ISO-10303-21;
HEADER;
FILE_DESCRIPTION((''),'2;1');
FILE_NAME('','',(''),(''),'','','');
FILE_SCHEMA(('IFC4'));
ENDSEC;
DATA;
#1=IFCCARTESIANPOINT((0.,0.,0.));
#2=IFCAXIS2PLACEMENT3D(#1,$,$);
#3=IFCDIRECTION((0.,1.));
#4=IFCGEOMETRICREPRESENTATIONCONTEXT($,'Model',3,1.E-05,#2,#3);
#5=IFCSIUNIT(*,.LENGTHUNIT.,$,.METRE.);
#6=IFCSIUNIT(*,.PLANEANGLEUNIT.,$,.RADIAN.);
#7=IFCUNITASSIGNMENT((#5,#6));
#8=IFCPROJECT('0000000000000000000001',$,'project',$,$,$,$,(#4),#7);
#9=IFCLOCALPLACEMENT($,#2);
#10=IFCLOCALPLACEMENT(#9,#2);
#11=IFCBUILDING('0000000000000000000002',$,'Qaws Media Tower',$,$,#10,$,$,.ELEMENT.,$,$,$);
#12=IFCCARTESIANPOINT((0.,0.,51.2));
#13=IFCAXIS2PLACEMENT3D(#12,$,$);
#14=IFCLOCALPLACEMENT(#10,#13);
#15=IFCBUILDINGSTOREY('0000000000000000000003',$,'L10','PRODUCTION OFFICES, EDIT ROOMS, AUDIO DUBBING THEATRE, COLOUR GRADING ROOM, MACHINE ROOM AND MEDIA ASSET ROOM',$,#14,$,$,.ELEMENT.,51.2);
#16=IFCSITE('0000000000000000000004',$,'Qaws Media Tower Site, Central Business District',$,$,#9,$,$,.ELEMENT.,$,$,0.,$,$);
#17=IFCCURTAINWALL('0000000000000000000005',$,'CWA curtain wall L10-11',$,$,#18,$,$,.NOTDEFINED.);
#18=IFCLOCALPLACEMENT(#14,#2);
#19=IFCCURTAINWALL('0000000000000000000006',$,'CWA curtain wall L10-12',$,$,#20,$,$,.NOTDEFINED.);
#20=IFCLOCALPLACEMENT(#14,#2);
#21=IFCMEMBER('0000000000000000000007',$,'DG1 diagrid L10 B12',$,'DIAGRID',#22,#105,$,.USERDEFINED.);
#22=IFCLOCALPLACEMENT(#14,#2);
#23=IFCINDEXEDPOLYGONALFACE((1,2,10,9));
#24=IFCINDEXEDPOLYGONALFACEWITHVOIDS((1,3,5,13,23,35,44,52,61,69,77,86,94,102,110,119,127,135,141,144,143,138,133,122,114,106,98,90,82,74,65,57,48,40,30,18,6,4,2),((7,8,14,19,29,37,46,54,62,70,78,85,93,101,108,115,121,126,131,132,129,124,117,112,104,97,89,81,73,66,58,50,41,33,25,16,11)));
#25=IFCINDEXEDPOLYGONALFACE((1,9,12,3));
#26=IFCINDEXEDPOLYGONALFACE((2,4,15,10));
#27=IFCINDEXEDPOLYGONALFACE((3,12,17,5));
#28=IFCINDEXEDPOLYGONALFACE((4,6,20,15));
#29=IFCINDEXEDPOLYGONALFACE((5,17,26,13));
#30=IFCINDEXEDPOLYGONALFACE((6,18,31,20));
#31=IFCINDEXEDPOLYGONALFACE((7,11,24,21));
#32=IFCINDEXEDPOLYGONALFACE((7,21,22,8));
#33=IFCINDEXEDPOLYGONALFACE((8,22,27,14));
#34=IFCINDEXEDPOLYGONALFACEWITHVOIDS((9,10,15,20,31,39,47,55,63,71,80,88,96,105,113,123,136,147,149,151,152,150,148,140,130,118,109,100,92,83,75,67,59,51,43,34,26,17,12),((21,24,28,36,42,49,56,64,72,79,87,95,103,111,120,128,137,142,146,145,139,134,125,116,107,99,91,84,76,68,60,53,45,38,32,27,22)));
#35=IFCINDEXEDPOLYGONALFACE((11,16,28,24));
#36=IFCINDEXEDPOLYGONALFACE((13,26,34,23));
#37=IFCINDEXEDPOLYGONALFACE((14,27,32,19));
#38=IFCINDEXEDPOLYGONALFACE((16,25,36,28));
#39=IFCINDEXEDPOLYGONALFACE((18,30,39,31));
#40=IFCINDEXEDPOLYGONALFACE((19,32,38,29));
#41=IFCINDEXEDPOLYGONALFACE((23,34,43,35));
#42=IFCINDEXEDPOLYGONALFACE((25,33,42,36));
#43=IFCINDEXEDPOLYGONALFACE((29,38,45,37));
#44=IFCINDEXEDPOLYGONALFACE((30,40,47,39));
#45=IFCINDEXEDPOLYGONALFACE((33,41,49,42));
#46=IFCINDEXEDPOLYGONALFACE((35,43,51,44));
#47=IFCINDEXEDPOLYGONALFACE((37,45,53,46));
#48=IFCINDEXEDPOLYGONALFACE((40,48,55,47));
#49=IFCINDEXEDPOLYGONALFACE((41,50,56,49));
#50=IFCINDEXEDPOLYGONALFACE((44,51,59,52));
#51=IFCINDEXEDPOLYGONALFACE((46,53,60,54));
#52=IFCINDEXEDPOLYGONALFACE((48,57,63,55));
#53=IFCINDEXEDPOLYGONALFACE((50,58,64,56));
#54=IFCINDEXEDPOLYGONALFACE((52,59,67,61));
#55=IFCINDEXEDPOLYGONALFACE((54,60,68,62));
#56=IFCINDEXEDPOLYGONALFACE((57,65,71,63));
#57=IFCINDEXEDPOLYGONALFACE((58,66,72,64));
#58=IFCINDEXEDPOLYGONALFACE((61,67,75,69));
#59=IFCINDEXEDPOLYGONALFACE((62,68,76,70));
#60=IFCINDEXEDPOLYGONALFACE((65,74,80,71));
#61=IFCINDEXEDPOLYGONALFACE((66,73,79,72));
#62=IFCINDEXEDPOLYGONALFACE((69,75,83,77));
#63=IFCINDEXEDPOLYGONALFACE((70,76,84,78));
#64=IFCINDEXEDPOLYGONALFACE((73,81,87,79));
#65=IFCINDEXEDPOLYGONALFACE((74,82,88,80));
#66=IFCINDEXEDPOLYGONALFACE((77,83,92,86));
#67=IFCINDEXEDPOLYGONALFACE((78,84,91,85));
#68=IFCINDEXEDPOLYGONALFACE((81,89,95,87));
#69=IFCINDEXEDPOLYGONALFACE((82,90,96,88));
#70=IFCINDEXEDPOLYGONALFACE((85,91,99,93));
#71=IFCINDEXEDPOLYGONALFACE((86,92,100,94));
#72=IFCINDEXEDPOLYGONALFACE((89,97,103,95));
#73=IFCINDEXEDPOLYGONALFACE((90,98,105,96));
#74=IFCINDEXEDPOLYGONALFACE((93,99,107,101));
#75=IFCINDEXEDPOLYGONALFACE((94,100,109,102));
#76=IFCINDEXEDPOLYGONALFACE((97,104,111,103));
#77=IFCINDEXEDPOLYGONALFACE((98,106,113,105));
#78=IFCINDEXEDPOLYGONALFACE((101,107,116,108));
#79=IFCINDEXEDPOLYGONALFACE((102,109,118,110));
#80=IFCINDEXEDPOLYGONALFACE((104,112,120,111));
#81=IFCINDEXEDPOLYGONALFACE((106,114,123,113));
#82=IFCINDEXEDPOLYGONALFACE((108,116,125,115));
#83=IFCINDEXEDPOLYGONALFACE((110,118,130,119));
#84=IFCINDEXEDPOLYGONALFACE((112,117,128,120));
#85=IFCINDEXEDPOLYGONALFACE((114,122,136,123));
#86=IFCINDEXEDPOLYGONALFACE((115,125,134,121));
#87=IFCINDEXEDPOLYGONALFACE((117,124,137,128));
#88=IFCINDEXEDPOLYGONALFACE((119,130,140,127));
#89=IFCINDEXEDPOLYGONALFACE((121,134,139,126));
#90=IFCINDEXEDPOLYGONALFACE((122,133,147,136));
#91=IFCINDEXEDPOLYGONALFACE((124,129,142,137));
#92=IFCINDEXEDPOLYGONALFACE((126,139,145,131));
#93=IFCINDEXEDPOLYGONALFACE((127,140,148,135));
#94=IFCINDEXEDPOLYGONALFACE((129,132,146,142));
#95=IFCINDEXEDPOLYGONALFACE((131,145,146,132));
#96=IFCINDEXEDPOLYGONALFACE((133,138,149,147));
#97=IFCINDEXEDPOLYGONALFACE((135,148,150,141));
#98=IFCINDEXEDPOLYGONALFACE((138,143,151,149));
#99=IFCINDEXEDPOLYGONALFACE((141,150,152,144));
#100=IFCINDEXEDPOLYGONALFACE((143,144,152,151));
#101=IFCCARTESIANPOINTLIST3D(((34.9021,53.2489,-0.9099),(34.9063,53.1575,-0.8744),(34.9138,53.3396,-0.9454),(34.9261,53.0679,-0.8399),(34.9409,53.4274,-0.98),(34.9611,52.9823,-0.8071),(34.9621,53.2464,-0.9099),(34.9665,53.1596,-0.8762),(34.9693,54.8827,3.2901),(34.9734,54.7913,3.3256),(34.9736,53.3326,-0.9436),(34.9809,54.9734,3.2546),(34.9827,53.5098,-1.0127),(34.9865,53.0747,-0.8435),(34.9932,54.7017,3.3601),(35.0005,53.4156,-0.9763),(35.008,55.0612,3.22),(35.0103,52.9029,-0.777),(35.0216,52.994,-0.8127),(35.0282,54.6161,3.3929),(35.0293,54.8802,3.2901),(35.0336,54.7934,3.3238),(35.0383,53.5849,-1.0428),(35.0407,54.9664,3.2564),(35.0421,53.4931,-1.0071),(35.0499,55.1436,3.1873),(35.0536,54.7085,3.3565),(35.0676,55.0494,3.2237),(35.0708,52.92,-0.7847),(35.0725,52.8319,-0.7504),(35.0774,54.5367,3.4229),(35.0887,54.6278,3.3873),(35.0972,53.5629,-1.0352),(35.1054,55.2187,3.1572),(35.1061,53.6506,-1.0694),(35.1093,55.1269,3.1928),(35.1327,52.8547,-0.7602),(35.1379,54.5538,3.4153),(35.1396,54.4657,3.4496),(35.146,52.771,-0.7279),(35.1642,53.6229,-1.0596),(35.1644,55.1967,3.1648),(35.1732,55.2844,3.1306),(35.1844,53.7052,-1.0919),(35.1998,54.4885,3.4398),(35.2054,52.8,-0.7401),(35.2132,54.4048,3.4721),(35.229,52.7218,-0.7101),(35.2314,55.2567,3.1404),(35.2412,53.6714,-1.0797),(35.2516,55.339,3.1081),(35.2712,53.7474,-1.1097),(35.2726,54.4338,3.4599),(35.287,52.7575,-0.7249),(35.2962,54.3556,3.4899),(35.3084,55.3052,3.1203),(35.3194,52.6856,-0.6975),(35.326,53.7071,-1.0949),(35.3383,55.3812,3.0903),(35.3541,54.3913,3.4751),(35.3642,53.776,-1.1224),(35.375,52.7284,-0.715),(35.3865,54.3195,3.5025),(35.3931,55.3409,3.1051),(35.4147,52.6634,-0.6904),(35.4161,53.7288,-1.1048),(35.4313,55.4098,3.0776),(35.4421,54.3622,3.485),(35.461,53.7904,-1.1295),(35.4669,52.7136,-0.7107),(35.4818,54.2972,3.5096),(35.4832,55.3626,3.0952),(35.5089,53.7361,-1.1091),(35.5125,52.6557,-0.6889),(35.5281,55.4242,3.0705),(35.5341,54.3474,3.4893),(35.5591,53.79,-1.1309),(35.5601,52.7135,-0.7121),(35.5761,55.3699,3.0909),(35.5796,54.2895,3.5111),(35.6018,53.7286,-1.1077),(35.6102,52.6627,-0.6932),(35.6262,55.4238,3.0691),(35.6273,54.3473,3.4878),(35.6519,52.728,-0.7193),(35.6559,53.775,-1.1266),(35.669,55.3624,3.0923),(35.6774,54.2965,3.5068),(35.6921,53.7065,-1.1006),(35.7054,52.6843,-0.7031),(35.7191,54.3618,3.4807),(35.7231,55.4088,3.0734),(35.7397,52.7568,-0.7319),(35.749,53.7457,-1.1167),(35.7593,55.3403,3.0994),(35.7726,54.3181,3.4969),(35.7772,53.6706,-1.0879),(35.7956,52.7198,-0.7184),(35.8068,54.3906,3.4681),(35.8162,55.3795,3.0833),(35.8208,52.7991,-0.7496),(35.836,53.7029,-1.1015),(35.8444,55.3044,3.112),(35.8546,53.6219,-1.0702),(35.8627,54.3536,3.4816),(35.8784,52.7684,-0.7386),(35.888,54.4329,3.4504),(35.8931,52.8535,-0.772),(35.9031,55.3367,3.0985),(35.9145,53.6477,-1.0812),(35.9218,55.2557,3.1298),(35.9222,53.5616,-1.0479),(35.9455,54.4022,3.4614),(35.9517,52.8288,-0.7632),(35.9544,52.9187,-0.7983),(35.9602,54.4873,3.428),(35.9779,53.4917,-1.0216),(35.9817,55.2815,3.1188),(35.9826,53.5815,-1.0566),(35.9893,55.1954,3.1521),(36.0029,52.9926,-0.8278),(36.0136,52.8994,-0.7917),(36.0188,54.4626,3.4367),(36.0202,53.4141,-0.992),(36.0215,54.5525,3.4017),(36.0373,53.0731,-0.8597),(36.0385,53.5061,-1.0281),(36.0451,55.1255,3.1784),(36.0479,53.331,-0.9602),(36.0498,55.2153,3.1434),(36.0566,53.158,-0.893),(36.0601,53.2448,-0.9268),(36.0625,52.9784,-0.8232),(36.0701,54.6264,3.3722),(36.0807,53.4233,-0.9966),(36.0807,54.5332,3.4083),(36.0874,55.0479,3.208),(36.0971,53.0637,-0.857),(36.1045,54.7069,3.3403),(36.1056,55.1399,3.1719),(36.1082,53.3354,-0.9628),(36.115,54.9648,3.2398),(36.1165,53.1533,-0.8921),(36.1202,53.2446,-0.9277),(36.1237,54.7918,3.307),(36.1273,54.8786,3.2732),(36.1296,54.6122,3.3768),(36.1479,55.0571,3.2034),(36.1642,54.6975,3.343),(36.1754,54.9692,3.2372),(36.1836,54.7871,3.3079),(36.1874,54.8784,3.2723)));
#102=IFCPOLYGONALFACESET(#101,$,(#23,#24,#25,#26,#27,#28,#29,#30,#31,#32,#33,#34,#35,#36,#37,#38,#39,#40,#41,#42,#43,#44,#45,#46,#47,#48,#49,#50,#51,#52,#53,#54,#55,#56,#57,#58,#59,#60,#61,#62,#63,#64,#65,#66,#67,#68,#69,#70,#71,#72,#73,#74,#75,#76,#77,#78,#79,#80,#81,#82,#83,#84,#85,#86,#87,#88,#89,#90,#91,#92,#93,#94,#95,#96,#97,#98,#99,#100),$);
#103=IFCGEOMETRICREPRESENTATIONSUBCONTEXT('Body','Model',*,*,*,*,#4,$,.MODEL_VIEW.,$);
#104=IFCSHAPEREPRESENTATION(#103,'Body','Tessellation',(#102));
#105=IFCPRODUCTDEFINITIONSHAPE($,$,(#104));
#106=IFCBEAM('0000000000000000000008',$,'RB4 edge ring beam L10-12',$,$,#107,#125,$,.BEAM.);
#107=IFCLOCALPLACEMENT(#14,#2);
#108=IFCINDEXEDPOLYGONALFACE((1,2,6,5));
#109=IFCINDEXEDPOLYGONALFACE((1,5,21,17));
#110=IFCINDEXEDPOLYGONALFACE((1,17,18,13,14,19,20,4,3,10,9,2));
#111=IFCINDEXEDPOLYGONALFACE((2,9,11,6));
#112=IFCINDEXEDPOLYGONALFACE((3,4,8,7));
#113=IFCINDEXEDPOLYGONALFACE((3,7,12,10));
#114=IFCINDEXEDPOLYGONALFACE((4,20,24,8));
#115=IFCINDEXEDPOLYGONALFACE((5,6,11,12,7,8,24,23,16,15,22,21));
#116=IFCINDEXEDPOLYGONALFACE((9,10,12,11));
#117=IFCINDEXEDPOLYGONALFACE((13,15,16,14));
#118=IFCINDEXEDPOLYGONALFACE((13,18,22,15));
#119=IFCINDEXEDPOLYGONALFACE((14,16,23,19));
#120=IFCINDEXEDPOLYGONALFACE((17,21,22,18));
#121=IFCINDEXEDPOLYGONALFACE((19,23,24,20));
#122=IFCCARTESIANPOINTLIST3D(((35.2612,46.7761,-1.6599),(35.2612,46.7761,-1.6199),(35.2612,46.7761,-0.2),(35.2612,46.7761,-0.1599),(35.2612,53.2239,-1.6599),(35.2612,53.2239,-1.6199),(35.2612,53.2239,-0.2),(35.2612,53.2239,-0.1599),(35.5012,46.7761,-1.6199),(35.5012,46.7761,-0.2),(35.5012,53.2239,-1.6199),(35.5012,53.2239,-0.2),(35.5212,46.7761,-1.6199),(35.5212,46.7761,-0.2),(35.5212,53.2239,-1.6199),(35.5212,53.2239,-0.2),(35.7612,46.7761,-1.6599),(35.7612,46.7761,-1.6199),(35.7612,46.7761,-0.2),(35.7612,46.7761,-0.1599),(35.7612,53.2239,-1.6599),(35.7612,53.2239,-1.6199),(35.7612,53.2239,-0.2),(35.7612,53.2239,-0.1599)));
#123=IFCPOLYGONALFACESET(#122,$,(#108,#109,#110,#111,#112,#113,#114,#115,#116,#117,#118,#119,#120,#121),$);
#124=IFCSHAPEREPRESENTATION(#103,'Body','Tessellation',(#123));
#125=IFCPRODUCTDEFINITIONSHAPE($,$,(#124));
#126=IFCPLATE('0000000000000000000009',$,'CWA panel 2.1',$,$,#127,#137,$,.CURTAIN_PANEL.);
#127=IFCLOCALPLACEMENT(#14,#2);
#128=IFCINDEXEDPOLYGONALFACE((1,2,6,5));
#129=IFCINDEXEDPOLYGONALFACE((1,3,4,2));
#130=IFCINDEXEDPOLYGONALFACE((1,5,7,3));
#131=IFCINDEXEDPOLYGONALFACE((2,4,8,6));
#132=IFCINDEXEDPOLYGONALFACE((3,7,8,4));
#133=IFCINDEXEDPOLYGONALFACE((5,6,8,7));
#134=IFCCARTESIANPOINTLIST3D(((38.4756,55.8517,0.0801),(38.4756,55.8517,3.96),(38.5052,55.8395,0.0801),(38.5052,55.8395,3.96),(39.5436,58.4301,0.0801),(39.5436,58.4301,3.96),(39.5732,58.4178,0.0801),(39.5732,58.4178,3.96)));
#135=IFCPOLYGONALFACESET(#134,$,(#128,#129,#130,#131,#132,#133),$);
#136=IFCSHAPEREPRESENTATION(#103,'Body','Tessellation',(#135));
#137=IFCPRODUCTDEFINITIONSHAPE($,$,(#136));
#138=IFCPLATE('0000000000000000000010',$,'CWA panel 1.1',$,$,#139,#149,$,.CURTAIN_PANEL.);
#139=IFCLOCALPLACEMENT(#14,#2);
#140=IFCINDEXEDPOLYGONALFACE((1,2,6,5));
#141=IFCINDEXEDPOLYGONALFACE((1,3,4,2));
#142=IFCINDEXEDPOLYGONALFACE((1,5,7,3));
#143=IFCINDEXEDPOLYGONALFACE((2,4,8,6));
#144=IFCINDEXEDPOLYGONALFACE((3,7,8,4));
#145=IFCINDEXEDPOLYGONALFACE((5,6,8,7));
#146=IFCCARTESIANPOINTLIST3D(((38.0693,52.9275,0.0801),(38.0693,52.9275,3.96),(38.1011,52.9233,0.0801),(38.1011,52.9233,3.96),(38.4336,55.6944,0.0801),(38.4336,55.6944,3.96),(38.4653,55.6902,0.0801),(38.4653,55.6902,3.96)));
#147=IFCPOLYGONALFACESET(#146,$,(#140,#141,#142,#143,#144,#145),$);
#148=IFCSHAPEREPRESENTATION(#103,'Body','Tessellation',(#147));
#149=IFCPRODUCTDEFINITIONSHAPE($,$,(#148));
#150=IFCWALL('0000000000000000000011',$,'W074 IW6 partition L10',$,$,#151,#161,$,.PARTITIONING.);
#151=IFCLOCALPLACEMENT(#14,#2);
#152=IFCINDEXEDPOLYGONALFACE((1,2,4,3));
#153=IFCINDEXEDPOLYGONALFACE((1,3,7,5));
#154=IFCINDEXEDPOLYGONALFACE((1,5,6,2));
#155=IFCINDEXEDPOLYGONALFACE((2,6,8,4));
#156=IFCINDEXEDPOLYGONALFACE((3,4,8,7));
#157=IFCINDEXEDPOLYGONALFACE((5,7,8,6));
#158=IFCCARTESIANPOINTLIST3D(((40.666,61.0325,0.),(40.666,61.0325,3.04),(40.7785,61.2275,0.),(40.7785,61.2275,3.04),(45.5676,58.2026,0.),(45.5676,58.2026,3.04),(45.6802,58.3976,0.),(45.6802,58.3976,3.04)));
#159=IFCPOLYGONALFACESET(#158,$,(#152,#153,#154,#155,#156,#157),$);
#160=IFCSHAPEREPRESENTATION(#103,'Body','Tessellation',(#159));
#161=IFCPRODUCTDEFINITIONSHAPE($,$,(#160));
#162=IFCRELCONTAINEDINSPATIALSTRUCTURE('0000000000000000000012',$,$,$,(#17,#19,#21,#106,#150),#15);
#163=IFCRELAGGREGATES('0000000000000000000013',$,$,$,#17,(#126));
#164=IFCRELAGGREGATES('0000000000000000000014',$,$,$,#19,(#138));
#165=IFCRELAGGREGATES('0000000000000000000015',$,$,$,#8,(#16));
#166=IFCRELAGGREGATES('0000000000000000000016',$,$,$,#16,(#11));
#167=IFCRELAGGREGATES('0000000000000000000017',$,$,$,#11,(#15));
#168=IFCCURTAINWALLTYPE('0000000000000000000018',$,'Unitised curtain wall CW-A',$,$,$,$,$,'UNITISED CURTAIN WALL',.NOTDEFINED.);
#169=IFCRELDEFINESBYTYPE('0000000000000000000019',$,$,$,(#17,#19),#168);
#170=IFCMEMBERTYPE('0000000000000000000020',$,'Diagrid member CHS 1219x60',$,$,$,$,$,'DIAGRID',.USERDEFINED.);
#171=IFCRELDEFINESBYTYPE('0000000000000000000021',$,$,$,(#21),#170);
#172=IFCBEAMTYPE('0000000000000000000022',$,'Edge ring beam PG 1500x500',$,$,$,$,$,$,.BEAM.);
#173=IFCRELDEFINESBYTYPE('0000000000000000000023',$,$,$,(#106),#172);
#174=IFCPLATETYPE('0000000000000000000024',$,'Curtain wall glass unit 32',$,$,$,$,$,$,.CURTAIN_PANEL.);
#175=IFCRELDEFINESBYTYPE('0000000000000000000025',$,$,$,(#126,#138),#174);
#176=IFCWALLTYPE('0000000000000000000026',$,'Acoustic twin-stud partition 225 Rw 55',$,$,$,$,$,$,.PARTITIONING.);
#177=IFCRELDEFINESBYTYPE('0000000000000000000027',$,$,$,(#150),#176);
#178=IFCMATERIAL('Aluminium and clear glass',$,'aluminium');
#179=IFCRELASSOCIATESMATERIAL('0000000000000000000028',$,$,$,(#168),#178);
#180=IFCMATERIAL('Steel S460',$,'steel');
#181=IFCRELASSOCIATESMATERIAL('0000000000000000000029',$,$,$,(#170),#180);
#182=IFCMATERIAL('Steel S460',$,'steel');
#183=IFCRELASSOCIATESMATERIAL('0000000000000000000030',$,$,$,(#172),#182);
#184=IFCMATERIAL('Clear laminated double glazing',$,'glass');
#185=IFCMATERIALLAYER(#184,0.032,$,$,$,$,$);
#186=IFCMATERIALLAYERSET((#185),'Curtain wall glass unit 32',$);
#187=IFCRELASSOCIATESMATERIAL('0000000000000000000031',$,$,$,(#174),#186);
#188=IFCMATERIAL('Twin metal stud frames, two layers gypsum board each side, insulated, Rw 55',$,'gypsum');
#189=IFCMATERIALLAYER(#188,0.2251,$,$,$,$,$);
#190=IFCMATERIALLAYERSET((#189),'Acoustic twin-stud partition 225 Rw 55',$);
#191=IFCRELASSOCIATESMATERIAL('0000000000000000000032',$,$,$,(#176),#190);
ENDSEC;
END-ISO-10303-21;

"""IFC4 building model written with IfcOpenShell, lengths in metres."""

from ifc_helpers import new_model, si_unit, direction, frame, frame_2d, origin, origin_2d, place, context, subcontext, project, spatial, rectangle, hollow_circle, i_section, extrude, material, layer, layer_set, material_profile, profile_set, type_object, element, aggregate, save


model = new_model("IFC4")

# Units and contexts
model_context = context("Model", 3, precision=1e-05, world=origin(), true_north=direction((0.0, 1.0)))
body_context = subcontext(model_context, "Body", "Model", "MODEL_VIEW")
ifc_project = project(units=[si_unit("LENGTHUNIT", "METRE"), si_unit("PLANEANGLEUNIT", "RADIAN")], contexts=[model_context])

# Site, building, storey
site_placement = place(None, origin())
site = spatial("IfcSite", under=ifc_project, at=site_placement, Name="Qaws Media Tower Site, Central Business District", CompositionType="ELEMENT", RefElevation=0.0)
building_placement = place(site_placement, origin())
building = spatial("IfcBuilding", under=site, at=building_placement, Name="Qaws Media Tower", CompositionType="ELEMENT")
storey_placement = place(building_placement, frame((0.0, 0.0, 51.2)))
storey = spatial("IfcBuildingStorey", under=building, at=storey_placement, Name="L10", Description="PRODUCTION OFFICES, EDIT ROOMS, AUDIO DUBBING THEATRE, COLOUR GRADING ROOM, MACHINE ROOM AND MEDIA ASSET ROOM", CompositionType="ELEMENT", Elevation=51.2)

# Curtain wall
ifc_material_1 = material(Name="Aluminium and clear glass", Category="aluminium")
curtain_wall_type = type_object("IfcCurtainWallType", Name="Unitised curtain wall CW-A", ElementType="UNITISED CURTAIN WALL", PredefinedType="NOTDEFINED", material=ifc_material_1)
curtain_wall_1_placement = place(storey_placement, origin())
curtain_wall_1 = element("IfcCurtainWall", 1, at=curtain_wall_1_placement, inside=storey, type_object=curtain_wall_type, Name="CWA curtain wall L10-11", PredefinedType="NOTDEFINED")

# Curtain wall
curtain_wall_2_placement = place(storey_placement, origin())
curtain_wall_2 = element("IfcCurtainWall", 2, at=curtain_wall_2_placement, inside=storey, type_object=curtain_wall_type, Name="CWA curtain wall L10-12", PredefinedType="NOTDEFINED")

# Member
ifc_material_2 = material(Name="Steel S460", Category="steel")
ifc_material_profile_1 = material_profile(ifc_material_2, hollow_circle(Radius=0.6096, WallThickness=0.0601, at=origin_2d()), Name="CHS 1219x60")
ifc_profile_set_1 = profile_set([ifc_material_profile_1], Name="Steel S460")
member_type_1 = type_object("IfcMemberType", Name="Diagrid member CHS 1219x60", ElementType="DIAGRID", PredefinedType="USERDEFINED", material=ifc_profile_set_1)
for number, where, z_axis, x_axis, name in (
    (3, (35.5112, 53.2239, -0.9099), (0.014896, 0.362498, 0.931866), (-0.999157, 0.041059, 0.0), "DG1 diagrid L10 B12"),
):
    element("IfcMember", number, at=place(storey_placement, frame(where, z_axis=z_axis, x_axis=x_axis)), inside=storey, type_object=member_type_1, Name=name, ObjectType="DIAGRID", PredefinedType="USERDEFINED", context=body_context, shape_type="SweptSolid", body=[
        extrude(hollow_circle(Radius=0.6096, WallThickness=0.0601, at=origin_2d()), origin(), (0.0, 0.0, 1.0), 4.5071),
    ])

# Beam
ifc_material_3 = material(Name="Steel S460", Category="steel")
ifc_material_profile_2 = material_profile(ifc_material_3, i_section(OverallWidth=0.5, OverallDepth=1.5, WebThickness=0.02, FlangeThickness=0.04, at=origin_2d()), Name="PG 1500x500")
ifc_profile_set_2 = profile_set([ifc_material_profile_2], Name="Steel S460")
beam_type = type_object("IfcBeamType", Name="Edge ring beam PG 1500x500", PredefinedType="BEAM", material=ifc_profile_set_2)
beam_placement = place(storey_placement, frame((35.5112, 53.2239, -0.9099), z_axis=(0.0, -1.0, 0.0), x_axis=(1.0, 0.0, 0.0)))
element("IfcBeam", 4, at=beam_placement, inside=storey, type_object=beam_type, Name="RB4 edge ring beam L10-12", PredefinedType="BEAM", context=body_context, shape_type="SweptSolid", body=[
    extrude(i_section(OverallWidth=0.5, OverallDepth=1.5, WebThickness=0.02, FlangeThickness=0.04, at=origin_2d()), origin(), (0.0, 0.0, 1.0), 6.4478),
])

# Plates
ifc_material_4 = material(Name="Clear laminated double glazing", Category="glass")
ifc_layer_1 = layer(ifc_material_4, 0.032)
ifc_layer_set_1 = layer_set([ifc_layer_1], Name="Curtain wall glass unit 32")
plate_type = type_object("IfcPlateType", Name="Curtain wall glass unit 32", PredefinedType="CURTAIN_PANEL", material=ifc_layer_set_1)
plate_1_placement = place(storey_placement, frame((39.0244, 57.1348, 0.0801), z_axis=(0.0, 0.0, 1.0), x_axis=(-0.382683, -0.92388, 0.0)))
plate_1 = element("IfcPlate", 5, at=plate_1_placement, type_object=plate_type, Name="CWA panel 2.1", PredefinedType="CURTAIN_PANEL", context=body_context, shape_type="SweptSolid", body=[
    extrude(rectangle(XDim=2.7908, YDim=0.032, at=origin_2d()), origin(), (0.0, 0.0, 1.0), 3.8799),
])
aggregate(curtain_wall_1, [plate_1])
plate_2_placement = place(storey_placement, frame((38.2673, 54.3088, 0.0801), z_axis=(0.0, 0.0, 1.0), x_axis=(-0.130526, -0.991445, 0.0)))
plate_2 = element("IfcPlate", 6, at=plate_2_placement, type_object=plate_type, Name="CWA panel 1.1", PredefinedType="CURTAIN_PANEL", context=body_context, shape_type="SweptSolid", body=[
    extrude(rectangle(XDim=2.7908, YDim=0.032, at=origin_2d()), origin(), (0.0, 0.0, 1.0), 3.8799),
])
aggregate(curtain_wall_2, [plate_2])

# Wall
ifc_material_5 = material(Name="Twin metal stud frames, two layers gypsum board each side, insulated, Rw 55", Category="gypsum")
ifc_layer_2 = layer(ifc_material_5, 0.2251)
ifc_layer_set_2 = layer_set([ifc_layer_2], Name="Acoustic twin-stud partition 225 Rw 55")
wall_type_1 = type_object("IfcWallType", Name="Acoustic twin-stud partition 225 Rw 55", PredefinedType="PARTITIONING", material=ifc_layer_set_2)
wall_1_placement = place(storey_placement, frame((45.624, 58.3, 0.0), z_axis=(0.0, 0.0, 1.0), x_axis=(-0.866034, 0.499985, 0.0)))
element("IfcWall", 7, at=wall_1_placement, inside=storey, type_object=wall_type_1, Name="W074 IW6 partition L10", PredefinedType="PARTITIONING", context=body_context, shape_type="SweptSolid", body=[
    extrude(rectangle(XDim=5.6599, YDim=0.2251, at=frame_2d((2.8301, 0.0))), origin(), (0.0, 0.0, 1.0), 3.04),
])

save(model, "model.ifc")
